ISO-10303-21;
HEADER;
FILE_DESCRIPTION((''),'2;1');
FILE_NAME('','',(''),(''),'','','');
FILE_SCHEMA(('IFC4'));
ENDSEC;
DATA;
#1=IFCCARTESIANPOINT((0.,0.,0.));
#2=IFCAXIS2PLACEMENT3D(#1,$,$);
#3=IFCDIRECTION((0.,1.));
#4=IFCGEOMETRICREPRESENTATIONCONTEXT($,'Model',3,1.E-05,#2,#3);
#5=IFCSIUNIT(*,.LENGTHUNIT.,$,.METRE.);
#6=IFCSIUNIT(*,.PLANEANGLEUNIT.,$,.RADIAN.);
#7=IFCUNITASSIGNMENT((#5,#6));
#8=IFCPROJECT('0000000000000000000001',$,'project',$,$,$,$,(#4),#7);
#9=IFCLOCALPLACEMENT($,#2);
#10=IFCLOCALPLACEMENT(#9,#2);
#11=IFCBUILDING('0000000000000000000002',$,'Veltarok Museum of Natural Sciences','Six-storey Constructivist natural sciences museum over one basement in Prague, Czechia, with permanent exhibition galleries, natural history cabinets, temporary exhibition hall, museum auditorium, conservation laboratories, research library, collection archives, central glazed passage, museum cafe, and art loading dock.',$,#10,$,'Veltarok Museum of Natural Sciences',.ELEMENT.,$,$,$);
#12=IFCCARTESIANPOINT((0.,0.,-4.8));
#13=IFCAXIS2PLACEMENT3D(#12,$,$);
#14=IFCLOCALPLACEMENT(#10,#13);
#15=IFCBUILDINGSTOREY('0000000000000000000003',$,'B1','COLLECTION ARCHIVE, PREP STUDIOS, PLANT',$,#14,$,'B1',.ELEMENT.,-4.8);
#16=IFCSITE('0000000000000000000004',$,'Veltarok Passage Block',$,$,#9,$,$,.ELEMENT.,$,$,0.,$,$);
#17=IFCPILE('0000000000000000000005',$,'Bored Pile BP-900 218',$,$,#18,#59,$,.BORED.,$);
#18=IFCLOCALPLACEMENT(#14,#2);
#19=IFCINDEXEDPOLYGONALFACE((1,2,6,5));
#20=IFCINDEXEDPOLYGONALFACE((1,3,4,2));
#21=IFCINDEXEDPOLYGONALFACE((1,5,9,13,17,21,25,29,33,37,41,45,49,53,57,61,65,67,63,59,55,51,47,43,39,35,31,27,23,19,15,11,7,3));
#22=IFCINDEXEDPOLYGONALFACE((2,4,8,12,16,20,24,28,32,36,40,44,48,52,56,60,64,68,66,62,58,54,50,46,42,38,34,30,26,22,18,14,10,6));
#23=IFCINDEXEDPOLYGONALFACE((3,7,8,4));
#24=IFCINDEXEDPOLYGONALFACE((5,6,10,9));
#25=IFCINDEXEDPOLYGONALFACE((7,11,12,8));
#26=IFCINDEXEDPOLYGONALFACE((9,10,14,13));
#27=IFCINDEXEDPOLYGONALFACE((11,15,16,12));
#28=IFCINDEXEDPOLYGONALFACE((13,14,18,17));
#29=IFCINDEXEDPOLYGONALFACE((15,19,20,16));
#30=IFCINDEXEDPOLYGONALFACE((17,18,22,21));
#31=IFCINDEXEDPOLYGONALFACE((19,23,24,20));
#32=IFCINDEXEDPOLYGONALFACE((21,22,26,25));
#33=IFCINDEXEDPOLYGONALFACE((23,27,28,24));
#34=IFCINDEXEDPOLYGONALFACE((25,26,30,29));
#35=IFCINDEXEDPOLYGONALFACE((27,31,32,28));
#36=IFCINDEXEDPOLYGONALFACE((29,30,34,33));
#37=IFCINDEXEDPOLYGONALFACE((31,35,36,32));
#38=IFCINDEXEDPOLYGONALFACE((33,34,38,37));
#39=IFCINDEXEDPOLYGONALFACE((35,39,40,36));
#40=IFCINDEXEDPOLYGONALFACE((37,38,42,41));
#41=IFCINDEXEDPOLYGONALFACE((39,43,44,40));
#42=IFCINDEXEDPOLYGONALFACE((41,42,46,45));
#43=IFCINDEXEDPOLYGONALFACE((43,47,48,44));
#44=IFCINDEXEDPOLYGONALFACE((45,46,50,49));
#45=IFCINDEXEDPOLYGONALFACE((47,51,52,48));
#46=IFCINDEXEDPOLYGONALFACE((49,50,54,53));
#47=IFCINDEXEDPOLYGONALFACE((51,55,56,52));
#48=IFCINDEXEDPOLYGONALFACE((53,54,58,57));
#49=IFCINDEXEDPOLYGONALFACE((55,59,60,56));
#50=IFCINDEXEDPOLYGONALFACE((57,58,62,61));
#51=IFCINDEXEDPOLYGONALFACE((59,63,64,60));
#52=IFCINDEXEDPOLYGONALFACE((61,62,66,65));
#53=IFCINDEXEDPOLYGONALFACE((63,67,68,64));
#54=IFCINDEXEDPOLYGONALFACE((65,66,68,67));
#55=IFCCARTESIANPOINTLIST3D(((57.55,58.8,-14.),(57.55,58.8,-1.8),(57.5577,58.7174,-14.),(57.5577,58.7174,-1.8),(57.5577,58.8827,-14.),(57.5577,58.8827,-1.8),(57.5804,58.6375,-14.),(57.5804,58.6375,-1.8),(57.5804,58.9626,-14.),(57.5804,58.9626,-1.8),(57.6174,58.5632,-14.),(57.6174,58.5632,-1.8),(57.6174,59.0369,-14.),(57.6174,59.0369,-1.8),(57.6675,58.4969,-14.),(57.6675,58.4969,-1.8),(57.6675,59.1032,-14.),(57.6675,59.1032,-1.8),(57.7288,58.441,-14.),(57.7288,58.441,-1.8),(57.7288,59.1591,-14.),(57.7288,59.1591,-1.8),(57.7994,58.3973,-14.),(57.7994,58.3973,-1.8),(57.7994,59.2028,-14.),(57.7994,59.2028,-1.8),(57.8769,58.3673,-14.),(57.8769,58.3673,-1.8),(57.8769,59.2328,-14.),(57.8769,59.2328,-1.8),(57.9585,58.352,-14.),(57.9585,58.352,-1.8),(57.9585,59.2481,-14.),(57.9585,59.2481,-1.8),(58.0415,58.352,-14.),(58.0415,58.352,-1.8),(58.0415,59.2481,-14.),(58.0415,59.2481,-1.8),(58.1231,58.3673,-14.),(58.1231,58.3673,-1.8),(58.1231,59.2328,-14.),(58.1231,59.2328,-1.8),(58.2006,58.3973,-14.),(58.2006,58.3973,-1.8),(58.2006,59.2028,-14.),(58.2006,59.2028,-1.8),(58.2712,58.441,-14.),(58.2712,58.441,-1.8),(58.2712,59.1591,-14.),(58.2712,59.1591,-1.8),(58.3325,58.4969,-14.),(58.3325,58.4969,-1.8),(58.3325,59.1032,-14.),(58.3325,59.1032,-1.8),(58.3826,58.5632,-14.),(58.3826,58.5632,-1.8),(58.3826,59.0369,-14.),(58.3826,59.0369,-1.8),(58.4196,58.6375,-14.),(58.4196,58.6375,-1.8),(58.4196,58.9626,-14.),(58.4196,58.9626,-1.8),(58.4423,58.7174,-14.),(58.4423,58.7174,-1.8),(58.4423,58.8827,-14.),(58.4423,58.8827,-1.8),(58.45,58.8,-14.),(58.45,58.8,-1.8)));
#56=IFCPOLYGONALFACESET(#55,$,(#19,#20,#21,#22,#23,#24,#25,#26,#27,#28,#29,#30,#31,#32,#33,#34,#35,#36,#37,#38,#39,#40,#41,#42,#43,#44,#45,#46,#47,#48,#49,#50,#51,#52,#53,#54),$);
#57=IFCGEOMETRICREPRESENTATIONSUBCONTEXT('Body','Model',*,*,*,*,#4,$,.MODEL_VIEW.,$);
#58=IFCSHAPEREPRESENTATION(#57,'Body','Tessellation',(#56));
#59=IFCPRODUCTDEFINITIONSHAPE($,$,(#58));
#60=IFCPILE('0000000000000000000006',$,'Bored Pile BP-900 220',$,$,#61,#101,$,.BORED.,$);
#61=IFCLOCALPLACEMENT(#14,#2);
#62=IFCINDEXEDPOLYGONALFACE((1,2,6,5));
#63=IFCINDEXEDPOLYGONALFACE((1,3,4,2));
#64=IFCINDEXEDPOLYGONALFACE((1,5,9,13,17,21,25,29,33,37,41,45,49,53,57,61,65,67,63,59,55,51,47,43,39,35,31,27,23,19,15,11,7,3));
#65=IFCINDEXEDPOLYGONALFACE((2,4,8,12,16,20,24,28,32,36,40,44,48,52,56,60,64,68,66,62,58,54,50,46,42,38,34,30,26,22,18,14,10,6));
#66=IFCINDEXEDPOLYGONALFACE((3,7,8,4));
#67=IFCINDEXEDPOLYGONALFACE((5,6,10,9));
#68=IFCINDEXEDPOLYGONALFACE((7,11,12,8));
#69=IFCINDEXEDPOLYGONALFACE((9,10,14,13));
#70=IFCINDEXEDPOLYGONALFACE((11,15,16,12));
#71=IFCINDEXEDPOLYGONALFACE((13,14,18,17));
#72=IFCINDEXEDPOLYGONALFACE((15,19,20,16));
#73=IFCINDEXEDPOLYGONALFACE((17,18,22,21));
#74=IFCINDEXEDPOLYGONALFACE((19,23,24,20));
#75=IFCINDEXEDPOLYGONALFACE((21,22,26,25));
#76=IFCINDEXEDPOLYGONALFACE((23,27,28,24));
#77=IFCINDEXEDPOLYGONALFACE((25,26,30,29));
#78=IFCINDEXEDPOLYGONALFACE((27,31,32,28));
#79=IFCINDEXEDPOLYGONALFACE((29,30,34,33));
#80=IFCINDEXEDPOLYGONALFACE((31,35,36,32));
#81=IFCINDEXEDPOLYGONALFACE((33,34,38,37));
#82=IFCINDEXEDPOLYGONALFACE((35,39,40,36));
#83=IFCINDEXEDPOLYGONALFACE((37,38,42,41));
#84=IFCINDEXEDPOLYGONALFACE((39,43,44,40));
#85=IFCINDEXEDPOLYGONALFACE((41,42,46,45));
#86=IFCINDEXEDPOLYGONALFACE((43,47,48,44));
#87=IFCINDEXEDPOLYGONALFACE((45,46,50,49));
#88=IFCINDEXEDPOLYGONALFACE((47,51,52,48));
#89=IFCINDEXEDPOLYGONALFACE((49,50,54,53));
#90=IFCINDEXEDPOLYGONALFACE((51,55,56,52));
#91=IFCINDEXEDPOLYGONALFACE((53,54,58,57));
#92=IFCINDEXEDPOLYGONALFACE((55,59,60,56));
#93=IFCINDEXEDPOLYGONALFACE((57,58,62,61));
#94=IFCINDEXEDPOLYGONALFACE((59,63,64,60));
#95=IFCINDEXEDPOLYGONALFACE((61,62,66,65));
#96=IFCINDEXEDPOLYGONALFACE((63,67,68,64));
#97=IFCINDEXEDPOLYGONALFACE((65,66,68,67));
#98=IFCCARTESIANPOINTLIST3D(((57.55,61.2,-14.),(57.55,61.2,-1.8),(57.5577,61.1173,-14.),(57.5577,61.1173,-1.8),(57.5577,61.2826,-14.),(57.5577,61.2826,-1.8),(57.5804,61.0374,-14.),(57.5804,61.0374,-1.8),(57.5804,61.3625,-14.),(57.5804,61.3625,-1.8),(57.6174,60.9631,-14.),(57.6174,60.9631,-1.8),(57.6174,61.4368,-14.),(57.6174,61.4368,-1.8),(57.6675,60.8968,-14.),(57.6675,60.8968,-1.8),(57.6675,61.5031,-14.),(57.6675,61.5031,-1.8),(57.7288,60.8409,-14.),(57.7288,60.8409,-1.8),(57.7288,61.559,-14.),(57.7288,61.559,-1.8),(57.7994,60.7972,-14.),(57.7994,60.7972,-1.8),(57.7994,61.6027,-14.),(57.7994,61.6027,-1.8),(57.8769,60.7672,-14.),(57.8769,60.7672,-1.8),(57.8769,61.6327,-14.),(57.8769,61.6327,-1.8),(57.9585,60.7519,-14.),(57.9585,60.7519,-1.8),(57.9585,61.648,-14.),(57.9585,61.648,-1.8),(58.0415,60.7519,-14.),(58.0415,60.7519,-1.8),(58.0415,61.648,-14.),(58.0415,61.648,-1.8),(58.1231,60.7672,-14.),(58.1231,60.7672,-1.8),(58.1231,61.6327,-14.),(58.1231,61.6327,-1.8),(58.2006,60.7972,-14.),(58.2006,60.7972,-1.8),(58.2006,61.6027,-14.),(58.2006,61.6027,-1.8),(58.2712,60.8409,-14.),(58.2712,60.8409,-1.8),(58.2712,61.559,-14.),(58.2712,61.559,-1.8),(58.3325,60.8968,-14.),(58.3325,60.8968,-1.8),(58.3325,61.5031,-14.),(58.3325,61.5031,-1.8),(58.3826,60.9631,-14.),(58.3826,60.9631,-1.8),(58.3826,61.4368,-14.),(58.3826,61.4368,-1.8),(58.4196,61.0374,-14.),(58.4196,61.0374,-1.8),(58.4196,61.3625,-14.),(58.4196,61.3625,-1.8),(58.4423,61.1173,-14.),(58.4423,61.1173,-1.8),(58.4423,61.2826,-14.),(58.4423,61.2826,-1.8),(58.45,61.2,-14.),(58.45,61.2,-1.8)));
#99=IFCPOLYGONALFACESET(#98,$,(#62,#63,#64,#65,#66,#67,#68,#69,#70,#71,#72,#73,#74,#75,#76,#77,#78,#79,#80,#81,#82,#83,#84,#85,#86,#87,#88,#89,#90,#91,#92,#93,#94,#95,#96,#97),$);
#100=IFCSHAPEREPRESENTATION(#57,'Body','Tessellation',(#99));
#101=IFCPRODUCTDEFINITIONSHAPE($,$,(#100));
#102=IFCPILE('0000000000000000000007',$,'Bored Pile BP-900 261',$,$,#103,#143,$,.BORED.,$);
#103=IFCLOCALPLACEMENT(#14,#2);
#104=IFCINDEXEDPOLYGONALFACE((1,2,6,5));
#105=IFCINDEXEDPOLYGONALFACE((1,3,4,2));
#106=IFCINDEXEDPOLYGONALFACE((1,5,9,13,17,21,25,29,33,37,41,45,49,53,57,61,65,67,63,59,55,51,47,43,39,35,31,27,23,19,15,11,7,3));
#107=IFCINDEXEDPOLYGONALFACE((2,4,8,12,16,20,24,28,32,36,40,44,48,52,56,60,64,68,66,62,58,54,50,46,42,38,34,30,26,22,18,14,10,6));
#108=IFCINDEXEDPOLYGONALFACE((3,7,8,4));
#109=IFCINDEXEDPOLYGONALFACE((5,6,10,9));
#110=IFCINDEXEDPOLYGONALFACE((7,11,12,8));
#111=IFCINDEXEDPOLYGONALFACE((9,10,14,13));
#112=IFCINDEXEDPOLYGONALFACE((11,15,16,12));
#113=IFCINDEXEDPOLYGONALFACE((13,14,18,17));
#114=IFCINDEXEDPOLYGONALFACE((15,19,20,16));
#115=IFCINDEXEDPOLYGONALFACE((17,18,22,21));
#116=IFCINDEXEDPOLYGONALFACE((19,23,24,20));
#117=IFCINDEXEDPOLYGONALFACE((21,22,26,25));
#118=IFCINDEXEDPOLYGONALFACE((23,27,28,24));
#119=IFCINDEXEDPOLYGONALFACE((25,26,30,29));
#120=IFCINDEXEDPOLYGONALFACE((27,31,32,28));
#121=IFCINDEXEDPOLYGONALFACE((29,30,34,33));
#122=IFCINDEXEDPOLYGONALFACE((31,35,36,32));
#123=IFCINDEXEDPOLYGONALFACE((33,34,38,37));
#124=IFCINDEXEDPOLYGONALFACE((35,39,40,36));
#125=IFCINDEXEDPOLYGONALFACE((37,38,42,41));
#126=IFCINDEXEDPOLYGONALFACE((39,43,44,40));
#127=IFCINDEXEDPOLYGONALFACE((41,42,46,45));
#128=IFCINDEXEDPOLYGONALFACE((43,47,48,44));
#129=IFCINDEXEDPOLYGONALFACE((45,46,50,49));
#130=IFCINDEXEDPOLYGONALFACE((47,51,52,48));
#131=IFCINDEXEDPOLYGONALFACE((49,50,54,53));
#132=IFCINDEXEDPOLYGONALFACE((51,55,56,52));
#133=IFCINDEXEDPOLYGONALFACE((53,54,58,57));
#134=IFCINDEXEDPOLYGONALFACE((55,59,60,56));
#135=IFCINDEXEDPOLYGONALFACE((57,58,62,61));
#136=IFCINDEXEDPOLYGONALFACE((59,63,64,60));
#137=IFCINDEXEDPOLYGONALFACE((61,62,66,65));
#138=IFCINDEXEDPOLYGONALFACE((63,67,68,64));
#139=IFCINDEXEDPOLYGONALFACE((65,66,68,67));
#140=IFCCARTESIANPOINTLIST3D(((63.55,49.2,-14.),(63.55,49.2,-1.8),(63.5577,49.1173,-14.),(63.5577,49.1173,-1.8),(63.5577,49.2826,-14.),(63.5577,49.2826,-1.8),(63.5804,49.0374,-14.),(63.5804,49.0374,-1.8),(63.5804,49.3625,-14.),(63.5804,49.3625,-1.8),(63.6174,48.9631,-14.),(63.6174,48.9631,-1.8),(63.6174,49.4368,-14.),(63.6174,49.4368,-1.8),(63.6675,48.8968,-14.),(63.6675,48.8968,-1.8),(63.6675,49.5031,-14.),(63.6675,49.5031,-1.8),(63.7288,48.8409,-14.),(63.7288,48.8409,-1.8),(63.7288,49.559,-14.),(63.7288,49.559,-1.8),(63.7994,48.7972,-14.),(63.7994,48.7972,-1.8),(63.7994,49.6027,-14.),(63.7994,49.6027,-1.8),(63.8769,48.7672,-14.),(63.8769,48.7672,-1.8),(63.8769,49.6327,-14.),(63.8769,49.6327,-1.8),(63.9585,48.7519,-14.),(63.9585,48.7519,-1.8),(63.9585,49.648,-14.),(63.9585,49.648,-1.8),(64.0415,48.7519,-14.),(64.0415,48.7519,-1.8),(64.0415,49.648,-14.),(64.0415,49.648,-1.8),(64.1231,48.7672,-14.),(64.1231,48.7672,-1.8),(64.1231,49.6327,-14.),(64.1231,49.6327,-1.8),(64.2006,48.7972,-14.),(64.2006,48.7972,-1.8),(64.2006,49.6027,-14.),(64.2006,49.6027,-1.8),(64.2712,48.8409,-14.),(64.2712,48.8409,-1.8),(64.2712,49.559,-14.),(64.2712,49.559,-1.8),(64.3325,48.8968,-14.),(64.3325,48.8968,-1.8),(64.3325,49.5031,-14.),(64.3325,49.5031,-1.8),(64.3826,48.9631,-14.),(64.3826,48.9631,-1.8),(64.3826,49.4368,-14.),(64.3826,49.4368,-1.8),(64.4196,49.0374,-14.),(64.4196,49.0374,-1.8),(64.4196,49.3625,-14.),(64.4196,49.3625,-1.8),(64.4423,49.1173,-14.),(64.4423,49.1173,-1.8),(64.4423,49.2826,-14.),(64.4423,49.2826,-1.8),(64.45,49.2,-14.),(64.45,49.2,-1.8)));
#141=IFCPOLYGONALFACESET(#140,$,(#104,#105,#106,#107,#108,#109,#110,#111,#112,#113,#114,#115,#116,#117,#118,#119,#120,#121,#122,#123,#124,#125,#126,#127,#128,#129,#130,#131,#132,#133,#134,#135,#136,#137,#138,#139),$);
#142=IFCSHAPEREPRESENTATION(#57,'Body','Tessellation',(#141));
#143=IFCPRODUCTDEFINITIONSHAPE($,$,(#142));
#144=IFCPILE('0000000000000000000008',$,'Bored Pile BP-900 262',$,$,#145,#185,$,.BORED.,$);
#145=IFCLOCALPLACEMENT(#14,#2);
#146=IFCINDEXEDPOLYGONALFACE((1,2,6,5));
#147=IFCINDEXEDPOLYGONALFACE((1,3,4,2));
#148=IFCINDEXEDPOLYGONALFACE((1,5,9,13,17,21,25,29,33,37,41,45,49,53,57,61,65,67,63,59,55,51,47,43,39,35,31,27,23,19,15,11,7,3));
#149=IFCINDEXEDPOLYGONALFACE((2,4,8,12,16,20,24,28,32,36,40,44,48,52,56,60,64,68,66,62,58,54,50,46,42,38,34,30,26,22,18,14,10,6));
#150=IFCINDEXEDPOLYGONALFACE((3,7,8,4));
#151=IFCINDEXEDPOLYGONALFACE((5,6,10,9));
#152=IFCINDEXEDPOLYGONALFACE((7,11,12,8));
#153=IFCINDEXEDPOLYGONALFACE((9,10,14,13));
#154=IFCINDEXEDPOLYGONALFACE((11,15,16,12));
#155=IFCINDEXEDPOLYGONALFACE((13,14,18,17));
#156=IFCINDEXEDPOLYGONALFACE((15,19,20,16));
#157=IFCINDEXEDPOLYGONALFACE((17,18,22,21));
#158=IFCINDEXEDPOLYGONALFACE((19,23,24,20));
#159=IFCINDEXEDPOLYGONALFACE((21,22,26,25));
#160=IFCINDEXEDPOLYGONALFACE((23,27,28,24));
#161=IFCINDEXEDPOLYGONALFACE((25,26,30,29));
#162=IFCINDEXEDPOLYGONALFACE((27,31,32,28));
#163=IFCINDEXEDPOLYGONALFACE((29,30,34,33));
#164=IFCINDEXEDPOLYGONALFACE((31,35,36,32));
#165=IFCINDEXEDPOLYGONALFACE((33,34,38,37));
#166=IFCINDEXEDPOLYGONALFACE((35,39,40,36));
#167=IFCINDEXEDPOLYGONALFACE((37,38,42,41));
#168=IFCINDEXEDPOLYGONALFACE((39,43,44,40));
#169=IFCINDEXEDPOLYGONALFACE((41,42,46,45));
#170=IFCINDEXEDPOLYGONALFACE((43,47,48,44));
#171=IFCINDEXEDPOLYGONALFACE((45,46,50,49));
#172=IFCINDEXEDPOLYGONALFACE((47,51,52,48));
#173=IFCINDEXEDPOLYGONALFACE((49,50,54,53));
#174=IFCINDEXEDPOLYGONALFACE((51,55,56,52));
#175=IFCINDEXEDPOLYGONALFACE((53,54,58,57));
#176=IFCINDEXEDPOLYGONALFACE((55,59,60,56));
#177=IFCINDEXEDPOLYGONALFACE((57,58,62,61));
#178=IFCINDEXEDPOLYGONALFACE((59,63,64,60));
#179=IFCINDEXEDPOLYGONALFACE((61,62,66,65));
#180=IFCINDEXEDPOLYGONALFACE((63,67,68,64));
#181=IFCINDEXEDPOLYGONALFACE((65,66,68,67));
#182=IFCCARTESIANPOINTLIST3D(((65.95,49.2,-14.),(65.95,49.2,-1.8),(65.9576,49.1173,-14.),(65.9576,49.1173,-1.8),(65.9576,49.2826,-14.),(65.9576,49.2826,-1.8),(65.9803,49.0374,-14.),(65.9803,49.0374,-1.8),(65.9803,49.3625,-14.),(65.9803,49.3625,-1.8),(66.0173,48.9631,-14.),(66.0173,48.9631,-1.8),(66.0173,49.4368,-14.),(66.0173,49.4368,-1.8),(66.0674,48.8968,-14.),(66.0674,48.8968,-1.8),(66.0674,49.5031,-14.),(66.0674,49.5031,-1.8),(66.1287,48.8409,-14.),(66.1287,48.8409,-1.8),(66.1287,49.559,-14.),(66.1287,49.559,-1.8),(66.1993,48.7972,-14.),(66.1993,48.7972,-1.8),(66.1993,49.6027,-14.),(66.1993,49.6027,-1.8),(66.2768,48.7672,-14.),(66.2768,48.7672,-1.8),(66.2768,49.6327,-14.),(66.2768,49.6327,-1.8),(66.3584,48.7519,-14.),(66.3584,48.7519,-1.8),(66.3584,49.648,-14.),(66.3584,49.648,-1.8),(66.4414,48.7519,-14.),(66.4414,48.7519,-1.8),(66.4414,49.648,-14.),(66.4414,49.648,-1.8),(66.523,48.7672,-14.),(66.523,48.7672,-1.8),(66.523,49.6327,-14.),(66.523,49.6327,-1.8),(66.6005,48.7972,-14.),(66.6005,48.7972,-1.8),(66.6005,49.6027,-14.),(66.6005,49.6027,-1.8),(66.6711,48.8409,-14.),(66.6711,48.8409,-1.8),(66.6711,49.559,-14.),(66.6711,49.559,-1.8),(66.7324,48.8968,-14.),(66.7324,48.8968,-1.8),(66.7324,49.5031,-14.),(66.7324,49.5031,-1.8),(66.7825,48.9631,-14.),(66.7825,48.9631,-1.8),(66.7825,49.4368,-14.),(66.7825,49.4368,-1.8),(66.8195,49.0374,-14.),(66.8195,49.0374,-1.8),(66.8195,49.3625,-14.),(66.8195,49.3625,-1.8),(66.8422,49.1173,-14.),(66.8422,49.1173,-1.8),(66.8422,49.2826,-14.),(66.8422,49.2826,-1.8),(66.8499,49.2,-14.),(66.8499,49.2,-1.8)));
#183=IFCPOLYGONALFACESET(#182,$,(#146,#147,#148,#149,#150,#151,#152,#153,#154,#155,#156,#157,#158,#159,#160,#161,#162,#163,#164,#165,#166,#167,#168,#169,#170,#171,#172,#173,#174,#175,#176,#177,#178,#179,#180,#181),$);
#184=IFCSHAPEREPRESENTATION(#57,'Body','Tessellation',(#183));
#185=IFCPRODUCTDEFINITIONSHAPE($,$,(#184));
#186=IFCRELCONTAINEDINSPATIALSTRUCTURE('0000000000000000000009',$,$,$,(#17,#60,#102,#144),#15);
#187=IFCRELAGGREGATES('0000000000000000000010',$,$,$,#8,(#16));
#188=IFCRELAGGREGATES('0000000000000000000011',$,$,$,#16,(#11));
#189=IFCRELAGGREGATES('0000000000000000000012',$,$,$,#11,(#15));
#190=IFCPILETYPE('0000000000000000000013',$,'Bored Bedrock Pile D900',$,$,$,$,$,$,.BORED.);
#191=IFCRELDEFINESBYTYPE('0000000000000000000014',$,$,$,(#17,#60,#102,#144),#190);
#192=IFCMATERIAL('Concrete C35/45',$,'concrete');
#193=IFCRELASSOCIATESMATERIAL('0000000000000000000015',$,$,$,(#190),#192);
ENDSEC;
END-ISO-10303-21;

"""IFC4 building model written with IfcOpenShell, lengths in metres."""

from ifc_helpers import new_model, si_unit, direction, frame, origin, origin_2d, place, context, subcontext, project, spatial, circle, extrude, material, material_profile, profile_set, type_object, element, save


model = new_model("IFC4")

# Units and contexts
model_context = context("Model", 3, precision=1e-05, world=origin(), true_north=direction((0.0, 1.0)))
body_context = subcontext(model_context, "Body", "Model", "MODEL_VIEW")
ifc_project = project(units=[si_unit("LENGTHUNIT", "METRE"), si_unit("PLANEANGLEUNIT", "RADIAN")], contexts=[model_context])

# Site, building, storey
site_placement = place(None, origin())
site = spatial("IfcSite", under=ifc_project, at=site_placement, Name="Veltarok Passage Block", CompositionType="ELEMENT", RefElevation=0.0)
building_placement = place(site_placement, origin())
building = spatial("IfcBuilding", under=site, at=building_placement, Name="Veltarok Museum of Natural Sciences", Description="Six-storey Constructivist natural sciences museum over one basement in Prague, Czechia, with permanent exhibition galleries, natural history cabinets, temporary exhibition hall, museum auditorium, conservation laboratories, research library, collection archives, central glazed passage, museum cafe, and art loading dock.", LongName="Veltarok Museum of Natural Sciences", CompositionType="ELEMENT")
storey_placement = place(building_placement, frame((0.0, 0.0, -4.8)))
storey = spatial("IfcBuildingStorey", under=building, at=storey_placement, Name="B1", Description="COLLECTION ARCHIVE, PREP STUDIOS, PLANT", LongName="B1", CompositionType="ELEMENT", Elevation=-4.8)

# Piles
ifc_material_1 = material(Name="Concrete C35/45", Category="concrete")
ifc_material_profile_1 = material_profile(ifc_material_1, circle(Radius=0.45, at=origin_2d()), Name="BP D900")
ifc_profile_set_1 = profile_set([ifc_material_profile_1], Name="Concrete C35/45")
pile_type = type_object("IfcPileType", Name="Bored Bedrock Pile D900", PredefinedType="BORED", material=ifc_profile_set_1)
for number, where, z_axis, x_axis, name in (
    (1, (58.0, 58.8, -1.8), (0.0, 0.0, -1.0), (1.0, 0.0, 0.0), "Bored Pile BP-900 218"),
    (2, (58.0, 61.2, -1.8), (0.0, 0.0, -1.0), (1.0, 0.0, 0.0), "Bored Pile BP-900 220"),
    (3, (64.0, 49.2, -1.8), (0.0, 0.0, -1.0), (1.0, 0.0, 0.0), "Bored Pile BP-900 261"),
    (4, (66.3999, 49.2, -1.8), (0.0, 0.0, -1.0), (1.0, 0.0, 0.0), "Bored Pile BP-900 262"),
):
    element("IfcPile", number, at=place(storey_placement, frame(where, z_axis=z_axis, x_axis=x_axis)), inside=storey, type_object=pile_type, Name=name, PredefinedType="BORED", context=body_context, shape_type="SweptSolid", body=[
        extrude(circle(Radius=0.45, at=origin_2d()), origin(), (0.0, 0.0, 1.0), 12.2),
    ])

save(model, "model.ifc")
